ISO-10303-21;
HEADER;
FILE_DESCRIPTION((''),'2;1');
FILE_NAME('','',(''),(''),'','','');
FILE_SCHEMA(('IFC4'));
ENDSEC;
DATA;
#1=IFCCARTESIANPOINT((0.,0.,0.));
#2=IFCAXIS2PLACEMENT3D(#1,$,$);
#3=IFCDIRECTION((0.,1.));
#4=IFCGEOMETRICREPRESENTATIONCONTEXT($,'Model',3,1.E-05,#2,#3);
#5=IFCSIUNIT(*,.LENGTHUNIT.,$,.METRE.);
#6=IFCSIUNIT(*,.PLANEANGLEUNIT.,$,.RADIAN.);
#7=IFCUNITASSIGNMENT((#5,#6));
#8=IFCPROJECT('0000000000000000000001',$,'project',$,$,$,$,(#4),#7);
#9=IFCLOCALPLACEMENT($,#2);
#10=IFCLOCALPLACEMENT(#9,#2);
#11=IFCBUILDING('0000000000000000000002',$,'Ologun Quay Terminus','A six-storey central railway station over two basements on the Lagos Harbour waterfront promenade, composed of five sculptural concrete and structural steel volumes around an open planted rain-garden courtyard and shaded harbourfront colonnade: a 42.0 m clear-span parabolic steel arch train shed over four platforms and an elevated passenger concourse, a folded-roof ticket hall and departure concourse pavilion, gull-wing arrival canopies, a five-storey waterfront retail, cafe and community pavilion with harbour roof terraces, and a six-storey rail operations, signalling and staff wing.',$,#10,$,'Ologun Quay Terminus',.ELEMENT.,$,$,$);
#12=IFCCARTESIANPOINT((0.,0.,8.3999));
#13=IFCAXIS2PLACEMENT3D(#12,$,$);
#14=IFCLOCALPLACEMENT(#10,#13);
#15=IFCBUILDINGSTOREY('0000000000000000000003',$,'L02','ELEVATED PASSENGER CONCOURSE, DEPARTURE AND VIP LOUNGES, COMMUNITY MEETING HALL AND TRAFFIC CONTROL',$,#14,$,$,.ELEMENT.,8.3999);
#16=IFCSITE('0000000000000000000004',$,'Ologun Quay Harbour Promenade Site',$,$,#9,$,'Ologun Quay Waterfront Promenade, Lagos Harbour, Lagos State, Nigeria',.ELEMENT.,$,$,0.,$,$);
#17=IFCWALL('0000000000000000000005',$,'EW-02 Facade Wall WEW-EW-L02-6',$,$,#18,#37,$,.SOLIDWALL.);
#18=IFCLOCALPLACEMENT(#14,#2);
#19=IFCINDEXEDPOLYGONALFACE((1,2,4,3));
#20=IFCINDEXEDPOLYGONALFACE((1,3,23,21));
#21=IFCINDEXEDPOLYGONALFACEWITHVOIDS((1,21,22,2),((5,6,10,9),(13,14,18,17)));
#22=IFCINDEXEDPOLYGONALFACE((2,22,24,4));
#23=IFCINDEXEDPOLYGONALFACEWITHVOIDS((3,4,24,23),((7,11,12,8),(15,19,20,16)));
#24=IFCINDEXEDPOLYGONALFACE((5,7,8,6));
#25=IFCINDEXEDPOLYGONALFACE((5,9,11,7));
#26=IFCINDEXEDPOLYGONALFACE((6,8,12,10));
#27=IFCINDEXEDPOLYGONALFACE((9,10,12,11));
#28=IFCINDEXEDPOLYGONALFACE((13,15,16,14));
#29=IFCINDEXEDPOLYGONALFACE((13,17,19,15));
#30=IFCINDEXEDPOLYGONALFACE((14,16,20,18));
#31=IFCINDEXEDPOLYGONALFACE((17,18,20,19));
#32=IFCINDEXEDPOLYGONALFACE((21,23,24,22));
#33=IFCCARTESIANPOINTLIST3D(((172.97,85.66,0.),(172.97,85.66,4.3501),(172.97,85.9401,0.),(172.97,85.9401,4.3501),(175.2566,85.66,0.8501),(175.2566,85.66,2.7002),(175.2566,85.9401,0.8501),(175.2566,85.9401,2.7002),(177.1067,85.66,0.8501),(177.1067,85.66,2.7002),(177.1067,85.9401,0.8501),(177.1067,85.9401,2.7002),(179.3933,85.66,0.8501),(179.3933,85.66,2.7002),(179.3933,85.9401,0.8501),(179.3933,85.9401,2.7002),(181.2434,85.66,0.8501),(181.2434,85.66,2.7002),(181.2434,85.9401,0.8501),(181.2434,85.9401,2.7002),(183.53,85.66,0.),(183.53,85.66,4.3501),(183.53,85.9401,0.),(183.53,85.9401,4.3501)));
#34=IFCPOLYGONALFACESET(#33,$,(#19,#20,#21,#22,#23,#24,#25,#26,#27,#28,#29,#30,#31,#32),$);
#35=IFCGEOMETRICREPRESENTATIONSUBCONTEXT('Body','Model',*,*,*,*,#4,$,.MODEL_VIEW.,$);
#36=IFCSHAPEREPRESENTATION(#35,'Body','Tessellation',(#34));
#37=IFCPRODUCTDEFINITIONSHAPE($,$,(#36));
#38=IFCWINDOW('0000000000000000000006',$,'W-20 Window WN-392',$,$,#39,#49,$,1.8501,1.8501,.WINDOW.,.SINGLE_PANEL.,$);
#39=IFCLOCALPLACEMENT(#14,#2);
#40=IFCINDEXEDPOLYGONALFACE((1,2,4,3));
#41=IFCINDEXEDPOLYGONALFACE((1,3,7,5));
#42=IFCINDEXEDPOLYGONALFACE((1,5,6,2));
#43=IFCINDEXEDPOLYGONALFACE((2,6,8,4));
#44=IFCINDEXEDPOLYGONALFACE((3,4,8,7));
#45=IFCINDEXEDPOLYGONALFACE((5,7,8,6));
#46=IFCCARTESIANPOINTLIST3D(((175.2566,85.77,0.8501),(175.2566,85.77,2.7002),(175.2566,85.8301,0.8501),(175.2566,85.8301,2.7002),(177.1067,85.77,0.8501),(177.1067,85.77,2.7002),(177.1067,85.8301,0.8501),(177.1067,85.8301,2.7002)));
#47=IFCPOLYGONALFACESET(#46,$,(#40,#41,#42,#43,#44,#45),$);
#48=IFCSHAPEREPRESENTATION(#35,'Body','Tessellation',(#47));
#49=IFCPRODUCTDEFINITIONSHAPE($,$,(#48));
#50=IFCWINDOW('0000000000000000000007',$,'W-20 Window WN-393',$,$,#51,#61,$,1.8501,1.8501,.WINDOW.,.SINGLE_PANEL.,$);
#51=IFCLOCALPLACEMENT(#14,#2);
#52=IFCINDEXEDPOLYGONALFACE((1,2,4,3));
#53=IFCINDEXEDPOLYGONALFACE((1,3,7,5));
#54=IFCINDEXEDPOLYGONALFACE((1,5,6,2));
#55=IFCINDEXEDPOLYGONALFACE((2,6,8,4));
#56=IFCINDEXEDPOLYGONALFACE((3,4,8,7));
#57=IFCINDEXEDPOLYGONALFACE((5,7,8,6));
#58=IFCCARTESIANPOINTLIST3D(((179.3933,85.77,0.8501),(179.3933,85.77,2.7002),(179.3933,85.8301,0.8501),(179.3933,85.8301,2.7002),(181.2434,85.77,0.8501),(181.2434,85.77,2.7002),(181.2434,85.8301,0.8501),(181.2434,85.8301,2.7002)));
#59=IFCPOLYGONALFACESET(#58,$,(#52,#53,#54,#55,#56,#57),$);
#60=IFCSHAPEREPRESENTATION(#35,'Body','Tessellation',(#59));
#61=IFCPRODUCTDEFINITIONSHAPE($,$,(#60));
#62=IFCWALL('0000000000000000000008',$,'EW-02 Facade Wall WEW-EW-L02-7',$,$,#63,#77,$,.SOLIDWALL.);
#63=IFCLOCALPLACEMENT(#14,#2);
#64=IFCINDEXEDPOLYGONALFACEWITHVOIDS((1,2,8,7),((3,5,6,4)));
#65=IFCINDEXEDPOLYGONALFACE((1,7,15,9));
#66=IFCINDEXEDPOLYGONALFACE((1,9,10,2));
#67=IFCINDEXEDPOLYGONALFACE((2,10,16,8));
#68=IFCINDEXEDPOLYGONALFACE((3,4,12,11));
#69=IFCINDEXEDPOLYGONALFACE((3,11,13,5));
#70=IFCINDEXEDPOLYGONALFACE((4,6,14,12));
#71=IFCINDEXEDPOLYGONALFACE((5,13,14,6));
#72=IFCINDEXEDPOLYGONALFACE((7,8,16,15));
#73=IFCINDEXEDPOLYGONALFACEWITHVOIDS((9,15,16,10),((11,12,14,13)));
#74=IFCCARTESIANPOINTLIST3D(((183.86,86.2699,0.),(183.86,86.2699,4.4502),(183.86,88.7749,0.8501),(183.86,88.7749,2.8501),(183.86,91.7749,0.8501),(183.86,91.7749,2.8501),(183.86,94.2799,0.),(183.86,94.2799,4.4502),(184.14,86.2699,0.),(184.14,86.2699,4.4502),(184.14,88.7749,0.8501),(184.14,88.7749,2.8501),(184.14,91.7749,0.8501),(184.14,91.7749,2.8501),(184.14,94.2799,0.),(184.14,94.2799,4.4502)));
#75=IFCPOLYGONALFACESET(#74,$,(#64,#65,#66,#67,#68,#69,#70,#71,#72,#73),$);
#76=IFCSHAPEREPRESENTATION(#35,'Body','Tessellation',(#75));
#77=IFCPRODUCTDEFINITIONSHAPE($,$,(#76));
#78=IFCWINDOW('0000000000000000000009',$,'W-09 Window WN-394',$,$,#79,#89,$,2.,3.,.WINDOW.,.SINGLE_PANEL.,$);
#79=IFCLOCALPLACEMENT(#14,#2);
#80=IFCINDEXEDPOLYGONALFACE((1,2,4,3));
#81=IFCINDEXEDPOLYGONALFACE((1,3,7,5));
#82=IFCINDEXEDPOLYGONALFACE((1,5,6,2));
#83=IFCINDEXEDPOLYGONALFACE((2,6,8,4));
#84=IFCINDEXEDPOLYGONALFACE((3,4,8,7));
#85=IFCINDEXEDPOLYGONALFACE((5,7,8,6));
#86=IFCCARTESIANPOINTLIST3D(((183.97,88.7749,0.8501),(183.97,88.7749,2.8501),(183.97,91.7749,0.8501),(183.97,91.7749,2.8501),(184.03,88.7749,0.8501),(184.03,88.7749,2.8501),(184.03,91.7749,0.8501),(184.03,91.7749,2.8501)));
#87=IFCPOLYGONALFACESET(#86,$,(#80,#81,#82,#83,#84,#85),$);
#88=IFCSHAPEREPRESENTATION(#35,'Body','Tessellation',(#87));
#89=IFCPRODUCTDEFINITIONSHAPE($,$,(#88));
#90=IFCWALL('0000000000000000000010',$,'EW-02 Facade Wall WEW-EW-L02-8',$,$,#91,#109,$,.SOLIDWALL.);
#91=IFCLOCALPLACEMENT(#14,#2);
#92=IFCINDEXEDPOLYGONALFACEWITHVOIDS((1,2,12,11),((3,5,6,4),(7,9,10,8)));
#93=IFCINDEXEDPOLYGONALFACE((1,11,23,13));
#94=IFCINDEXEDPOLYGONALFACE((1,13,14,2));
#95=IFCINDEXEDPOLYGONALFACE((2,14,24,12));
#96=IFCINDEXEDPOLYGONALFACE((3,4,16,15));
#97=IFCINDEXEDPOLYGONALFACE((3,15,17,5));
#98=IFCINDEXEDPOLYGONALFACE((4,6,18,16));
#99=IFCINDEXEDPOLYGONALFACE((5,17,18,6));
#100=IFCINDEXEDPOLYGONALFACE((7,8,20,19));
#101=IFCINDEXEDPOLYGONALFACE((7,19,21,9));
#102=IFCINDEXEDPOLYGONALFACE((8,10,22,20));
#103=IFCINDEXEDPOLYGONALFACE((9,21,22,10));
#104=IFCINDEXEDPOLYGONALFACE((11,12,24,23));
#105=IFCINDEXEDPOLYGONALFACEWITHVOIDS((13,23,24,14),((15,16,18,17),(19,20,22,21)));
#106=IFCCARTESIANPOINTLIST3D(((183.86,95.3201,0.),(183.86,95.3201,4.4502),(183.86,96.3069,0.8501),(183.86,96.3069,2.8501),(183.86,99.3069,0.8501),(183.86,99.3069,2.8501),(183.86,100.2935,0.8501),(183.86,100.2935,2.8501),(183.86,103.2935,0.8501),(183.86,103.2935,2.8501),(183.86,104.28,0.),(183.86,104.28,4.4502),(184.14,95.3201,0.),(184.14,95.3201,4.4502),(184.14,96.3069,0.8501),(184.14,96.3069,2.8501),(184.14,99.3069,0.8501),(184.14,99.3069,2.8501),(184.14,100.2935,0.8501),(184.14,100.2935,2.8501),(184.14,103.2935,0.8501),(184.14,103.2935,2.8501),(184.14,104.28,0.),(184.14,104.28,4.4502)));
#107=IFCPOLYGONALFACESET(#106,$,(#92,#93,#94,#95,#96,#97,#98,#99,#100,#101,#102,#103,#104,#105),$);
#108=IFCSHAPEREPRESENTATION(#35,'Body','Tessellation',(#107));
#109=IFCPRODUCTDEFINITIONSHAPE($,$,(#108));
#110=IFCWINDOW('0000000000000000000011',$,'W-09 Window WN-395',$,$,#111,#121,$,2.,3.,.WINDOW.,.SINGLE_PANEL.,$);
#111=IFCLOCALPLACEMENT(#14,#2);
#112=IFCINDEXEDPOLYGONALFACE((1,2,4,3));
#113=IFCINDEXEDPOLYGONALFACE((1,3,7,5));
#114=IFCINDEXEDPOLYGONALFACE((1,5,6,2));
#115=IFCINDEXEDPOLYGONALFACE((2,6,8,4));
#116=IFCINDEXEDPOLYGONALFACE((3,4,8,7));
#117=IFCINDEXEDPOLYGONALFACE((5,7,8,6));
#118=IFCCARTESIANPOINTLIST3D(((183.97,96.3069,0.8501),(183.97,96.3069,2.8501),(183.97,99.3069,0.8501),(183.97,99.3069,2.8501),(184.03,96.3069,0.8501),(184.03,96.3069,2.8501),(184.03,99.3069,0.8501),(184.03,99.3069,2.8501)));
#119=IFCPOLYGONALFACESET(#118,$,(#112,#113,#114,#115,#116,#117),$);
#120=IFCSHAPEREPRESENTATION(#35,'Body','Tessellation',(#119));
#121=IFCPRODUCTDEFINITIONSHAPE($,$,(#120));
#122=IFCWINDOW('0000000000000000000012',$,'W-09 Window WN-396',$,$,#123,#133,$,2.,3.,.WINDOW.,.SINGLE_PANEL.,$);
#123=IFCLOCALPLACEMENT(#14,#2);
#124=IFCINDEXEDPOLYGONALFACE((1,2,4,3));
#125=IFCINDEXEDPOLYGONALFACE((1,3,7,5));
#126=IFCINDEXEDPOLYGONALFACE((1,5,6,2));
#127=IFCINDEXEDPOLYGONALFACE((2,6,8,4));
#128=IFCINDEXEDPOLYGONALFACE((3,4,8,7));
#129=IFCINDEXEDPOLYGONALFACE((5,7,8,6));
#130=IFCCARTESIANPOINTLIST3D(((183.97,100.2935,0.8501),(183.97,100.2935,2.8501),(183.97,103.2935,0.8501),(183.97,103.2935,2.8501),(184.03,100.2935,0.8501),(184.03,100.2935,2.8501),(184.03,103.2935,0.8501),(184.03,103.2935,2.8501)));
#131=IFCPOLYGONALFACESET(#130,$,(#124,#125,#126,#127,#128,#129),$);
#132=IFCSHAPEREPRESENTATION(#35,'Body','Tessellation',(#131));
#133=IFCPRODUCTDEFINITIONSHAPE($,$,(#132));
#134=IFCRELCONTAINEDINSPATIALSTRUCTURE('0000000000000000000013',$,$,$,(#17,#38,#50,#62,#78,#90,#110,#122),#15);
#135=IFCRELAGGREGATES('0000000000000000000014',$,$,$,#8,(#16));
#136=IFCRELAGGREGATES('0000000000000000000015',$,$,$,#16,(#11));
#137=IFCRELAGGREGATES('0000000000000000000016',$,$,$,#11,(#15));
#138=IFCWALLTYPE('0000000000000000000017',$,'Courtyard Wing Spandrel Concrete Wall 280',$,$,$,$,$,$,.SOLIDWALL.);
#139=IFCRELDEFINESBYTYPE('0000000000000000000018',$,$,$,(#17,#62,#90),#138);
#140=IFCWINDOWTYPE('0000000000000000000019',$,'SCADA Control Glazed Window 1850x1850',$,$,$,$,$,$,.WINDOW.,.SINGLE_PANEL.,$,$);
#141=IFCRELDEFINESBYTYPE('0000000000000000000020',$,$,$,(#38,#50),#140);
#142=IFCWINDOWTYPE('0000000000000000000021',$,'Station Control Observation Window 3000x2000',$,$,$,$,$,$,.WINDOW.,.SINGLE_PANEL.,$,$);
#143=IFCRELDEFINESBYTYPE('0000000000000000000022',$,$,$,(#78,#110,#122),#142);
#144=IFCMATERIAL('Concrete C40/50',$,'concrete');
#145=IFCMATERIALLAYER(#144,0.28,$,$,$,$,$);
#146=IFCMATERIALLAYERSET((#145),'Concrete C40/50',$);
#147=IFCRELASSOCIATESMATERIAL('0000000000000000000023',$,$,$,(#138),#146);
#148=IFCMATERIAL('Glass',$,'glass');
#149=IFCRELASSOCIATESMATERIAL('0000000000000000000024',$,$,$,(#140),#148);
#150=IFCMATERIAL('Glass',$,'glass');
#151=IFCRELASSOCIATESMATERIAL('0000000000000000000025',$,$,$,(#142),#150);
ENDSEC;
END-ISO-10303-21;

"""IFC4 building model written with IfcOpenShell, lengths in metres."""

from ifc_helpers import new_model, si_unit, direction, frame, frame_2d, origin, place, context, subcontext, project, spatial, rectangle, extrude, material, layer, layer_set, type_object, element, fill, save


model = new_model("IFC4")

# Units and contexts
model_context = context("Model", 3, precision=1e-05, world=origin(), true_north=direction((0.0, 1.0)))
body_context = subcontext(model_context, "Body", "Model", "MODEL_VIEW")
ifc_project = project(units=[si_unit("LENGTHUNIT", "METRE"), si_unit("PLANEANGLEUNIT", "RADIAN")], contexts=[model_context])

# Site, building, storey
site_placement = place(None, origin())
site = spatial("IfcSite", under=ifc_project, at=site_placement, Name="Ologun Quay Harbour Promenade Site", LongName="Ologun Quay Waterfront Promenade, Lagos Harbour, Lagos State, Nigeria", CompositionType="ELEMENT", RefElevation=0.0)
building_placement = place(site_placement, origin())
building = spatial("IfcBuilding", under=site, at=building_placement, Name="Ologun Quay Terminus", Description="A six-storey central railway station over two basements on the Lagos Harbour waterfront promenade, composed of five sculptural concrete and structural steel volumes around an open planted rain-garden courtyard and shaded harbourfront colonnade: a 42.0 m clear-span parabolic steel arch train shed over four platforms and an elevated passenger concourse, a folded-roof ticket hall and departure concourse pavilion, gull-wing arrival canopies, a five-storey waterfront retail, cafe and community pavilion with harbour roof terraces, and a six-storey rail operations, signalling and staff wing.", LongName="Ologun Quay Terminus", CompositionType="ELEMENT")
storey_placement = place(building_placement, frame((0.0, 0.0, 8.3999)))
storey = spatial("IfcBuildingStorey", under=building, at=storey_placement, Name="L02", Description="ELEVATED PASSENGER CONCOURSE, DEPARTURE AND VIP LOUNGES, COMMUNITY MEETING HALL AND TRAFFIC CONTROL", CompositionType="ELEMENT", Elevation=8.3999)

# Wall, openings, windows
ifc_material_1 = material(Name="Concrete C40/50", Category="concrete")
ifc_layer_1 = layer(ifc_material_1, 0.28)
ifc_layer_set_1 = layer_set([ifc_layer_1], Name="Concrete C40/50")
wall_type_1 = type_object("IfcWallType", Name="Courtyard Wing Spandrel Concrete Wall 280", PredefinedType="SOLIDWALL", material=ifc_layer_set_1)
wall_1_placement = place(storey_placement, frame((172.97, 85.8, 0.0), z_axis=(0.0, 0.0, 1.0), x_axis=(1.0, 0.0, 0.0)))
wall_1 = element("IfcWall", 1, at=wall_1_placement, inside=storey, type_object=wall_type_1, Name="EW-02 Facade Wall WEW-EW-L02-6", PredefinedType="SOLIDWALL", context=body_context, shape_type="SweptSolid", body=[
    extrude(rectangle(XDim=10.5601, YDim=0.28, at=frame_2d((5.28, 0.0))), origin(), (0.0, 0.0, 1.0), 4.3501),
])
opening_1_placement = place(wall_1_placement, frame((2.2866, 0.0, 0.8501)))
opening_1 = element("IfcOpeningElement", 2, at=opening_1_placement, cuts=wall_1, PredefinedType="OPENING", context=body_context, shape_type="SweptSolid", body=[
    extrude(rectangle(XDim=1.8501, YDim=1.8501, at=frame_2d((0.925, 0.925))), frame((0.0, 0.1499, 0.0), z_axis=(0.0, -1.0, 0.0), x_axis=(1.0, 0.0, 0.0)), (0.0, 0.0, 1.0), 0.3),
])
opening_2_placement = place(wall_1_placement, frame((6.4233, 0.0, 0.8501)))
opening_2 = element("IfcOpeningElement", 3, at=opening_2_placement, cuts=wall_1, PredefinedType="OPENING", context=body_context, shape_type="SweptSolid", body=[
    extrude(rectangle(XDim=1.8501, YDim=1.8501, at=frame_2d((0.925, 0.925))), frame((0.0, 0.1499, 0.0), z_axis=(0.0, -1.0, 0.0), x_axis=(1.0, 0.0, 0.0)), (0.0, 0.0, 1.0), 0.3),
])
ifc_material_2 = material(Name="Glass", Category="glass")
window_type_1 = type_object("IfcWindowType", Name="SCADA Control Glazed Window 1850x1850", PartitioningType="SINGLE_PANEL", PredefinedType="WINDOW", material=ifc_material_2)
window_1_placement = place(opening_1_placement, origin())
window_1 = element("IfcWindow", 4, at=window_1_placement, inside=storey, type_object=window_type_1, Name="W-20 Window WN-392", OverallHeight=1.8501, OverallWidth=1.8501, PartitioningType="SINGLE_PANEL", PredefinedType="WINDOW", context=body_context, shape_type="SweptSolid", body=[
    extrude(rectangle(XDim=1.8501, YDim=1.8501, at=frame_2d((0.925, 0.925))), frame((0.0, 0.03, 0.0), z_axis=(0.0, -1.0, 0.0), x_axis=(1.0, 0.0, 0.0)), (0.0, 0.0, 1.0), 0.0601),
])
fill(opening_1, window_1)
window_2_placement = place(opening_2_placement, origin())
window_2 = element("IfcWindow", 5, at=window_2_placement, inside=storey, type_object=window_type_1, Name="W-20 Window WN-393", OverallHeight=1.8501, OverallWidth=1.8501, PartitioningType="SINGLE_PANEL", PredefinedType="WINDOW", context=body_context, shape_type="SweptSolid", body=[
    extrude(rectangle(XDim=1.8501, YDim=1.8501, at=frame_2d((0.925, 0.925))), frame((0.0, 0.03, 0.0), z_axis=(0.0, -1.0, 0.0), x_axis=(1.0, 0.0, 0.0)), (0.0, 0.0, 1.0), 0.0601),
])
fill(opening_2, window_2)

# Wall, opening, window
wall_2_placement = place(storey_placement, frame((184.0, 86.27, 0.0), z_axis=(0.0, 0.0, 1.0), x_axis=(0.0, 1.0, 0.0)))
wall_2 = element("IfcWall", 6, at=wall_2_placement, inside=storey, type_object=wall_type_1, Name="EW-02 Facade Wall WEW-EW-L02-7", PredefinedType="SOLIDWALL", context=body_context, shape_type="SweptSolid", body=[
    extrude(rectangle(XDim=8.01, YDim=0.28, at=frame_2d((4.0049, 0.0))), origin(), (0.0, 0.0, 1.0), 4.4502),
])
opening_3_placement = place(wall_2_placement, frame((2.5049, 0.0, 0.8501)))
opening_3 = element("IfcOpeningElement", 7, at=opening_3_placement, cuts=wall_2, PredefinedType="OPENING", context=body_context, shape_type="SweptSolid", body=[
    extrude(rectangle(XDim=3.0, YDim=2.0, at=frame_2d((1.5, 1.0))), frame((0.0, 0.1499, 0.0), z_axis=(0.0, -1.0, 0.0), x_axis=(1.0, 0.0, 0.0)), (0.0, 0.0, 1.0), 0.3),
])
ifc_material_3 = material(Name="Glass", Category="glass")
window_type_2 = type_object("IfcWindowType", Name="Station Control Observation Window 3000x2000", PartitioningType="SINGLE_PANEL", PredefinedType="WINDOW", material=ifc_material_3)
window_3_placement = place(opening_3_placement, origin())
window_3 = element("IfcWindow", 8, at=window_3_placement, inside=storey, type_object=window_type_2, Name="W-09 Window WN-394", OverallHeight=2.0, OverallWidth=3.0, PartitioningType="SINGLE_PANEL", PredefinedType="WINDOW", context=body_context, shape_type="SweptSolid", body=[
    extrude(rectangle(XDim=3.0, YDim=2.0, at=frame_2d((1.5, 1.0))), frame((0.0, 0.03, 0.0), z_axis=(0.0, -1.0, 0.0), x_axis=(1.0, 0.0, 0.0)), (0.0, 0.0, 1.0), 0.0601),
])
fill(opening_3, window_3)

# Wall, openings, windows
wall_3_placement = place(storey_placement, frame((184.0, 95.3201, 0.0), z_axis=(0.0, 0.0, 1.0), x_axis=(0.0, 1.0, 0.0)))
wall_3 = element("IfcWall", 9, at=wall_3_placement, inside=storey, type_object=wall_type_1, Name="EW-02 Facade Wall WEW-EW-L02-8", PredefinedType="SOLIDWALL", context=body_context, shape_type="SweptSolid", body=[
    extrude(rectangle(XDim=8.96, YDim=0.28, at=frame_2d((4.48, 0.0))), origin(), (0.0, 0.0, 1.0), 4.4502),
])
opening_4_placement = place(wall_3_placement, frame((0.9868, 0.0, 0.8501)))
opening_4 = element("IfcOpeningElement", 10, at=opening_4_placement, cuts=wall_3, PredefinedType="OPENING", context=body_context, shape_type="SweptSolid", body=[
    extrude(rectangle(XDim=3.0, YDim=2.0, at=frame_2d((1.5, 1.0))), frame((0.0, 0.1499, 0.0), z_axis=(0.0, -1.0, 0.0), x_axis=(1.0, 0.0, 0.0)), (0.0, 0.0, 1.0), 0.3),
])
opening_5_placement = place(wall_3_placement, frame((4.9734, 0.0, 0.8501)))
opening_5 = element("IfcOpeningElement", 11, at=opening_5_placement, cuts=wall_3, PredefinedType="OPENING", context=body_context, shape_type="SweptSolid", body=[
    extrude(rectangle(XDim=3.0, YDim=2.0, at=frame_2d((1.5, 1.0))), frame((0.0, 0.1499, 0.0), z_axis=(0.0, -1.0, 0.0), x_axis=(1.0, 0.0, 0.0)), (0.0, 0.0, 1.0), 0.3),
])
window_4_placement = place(opening_4_placement, origin())
window_4 = element("IfcWindow", 12, at=window_4_placement, inside=storey, type_object=window_type_2, Name="W-09 Window WN-395", OverallHeight=2.0, OverallWidth=3.0, PartitioningType="SINGLE_PANEL", PredefinedType="WINDOW", context=body_context, shape_type="SweptSolid", body=[
    extrude(rectangle(XDim=3.0, YDim=2.0, at=frame_2d((1.5, 1.0))), frame((0.0, 0.03, 0.0), z_axis=(0.0, -1.0, 0.0), x_axis=(1.0, 0.0, 0.0)), (0.0, 0.0, 1.0), 0.0601),
])
fill(opening_4, window_4)
window_5_placement = place(opening_5_placement, origin())
window_5 = element("IfcWindow", 13, at=window_5_placement, inside=storey, type_object=window_type_2, Name="W-09 Window WN-396", OverallHeight=2.0, OverallWidth=3.0, PartitioningType="SINGLE_PANEL", PredefinedType="WINDOW", context=body_context, shape_type="SweptSolid", body=[
    extrude(rectangle(XDim=3.0, YDim=2.0, at=frame_2d((1.5, 1.0))), frame((0.0, 0.03, 0.0), z_axis=(0.0, -1.0, 0.0), x_axis=(1.0, 0.0, 0.0)), (0.0, 0.0, 1.0), 0.0601),
])
fill(opening_5, window_5)

save(model, "model.ifc")
